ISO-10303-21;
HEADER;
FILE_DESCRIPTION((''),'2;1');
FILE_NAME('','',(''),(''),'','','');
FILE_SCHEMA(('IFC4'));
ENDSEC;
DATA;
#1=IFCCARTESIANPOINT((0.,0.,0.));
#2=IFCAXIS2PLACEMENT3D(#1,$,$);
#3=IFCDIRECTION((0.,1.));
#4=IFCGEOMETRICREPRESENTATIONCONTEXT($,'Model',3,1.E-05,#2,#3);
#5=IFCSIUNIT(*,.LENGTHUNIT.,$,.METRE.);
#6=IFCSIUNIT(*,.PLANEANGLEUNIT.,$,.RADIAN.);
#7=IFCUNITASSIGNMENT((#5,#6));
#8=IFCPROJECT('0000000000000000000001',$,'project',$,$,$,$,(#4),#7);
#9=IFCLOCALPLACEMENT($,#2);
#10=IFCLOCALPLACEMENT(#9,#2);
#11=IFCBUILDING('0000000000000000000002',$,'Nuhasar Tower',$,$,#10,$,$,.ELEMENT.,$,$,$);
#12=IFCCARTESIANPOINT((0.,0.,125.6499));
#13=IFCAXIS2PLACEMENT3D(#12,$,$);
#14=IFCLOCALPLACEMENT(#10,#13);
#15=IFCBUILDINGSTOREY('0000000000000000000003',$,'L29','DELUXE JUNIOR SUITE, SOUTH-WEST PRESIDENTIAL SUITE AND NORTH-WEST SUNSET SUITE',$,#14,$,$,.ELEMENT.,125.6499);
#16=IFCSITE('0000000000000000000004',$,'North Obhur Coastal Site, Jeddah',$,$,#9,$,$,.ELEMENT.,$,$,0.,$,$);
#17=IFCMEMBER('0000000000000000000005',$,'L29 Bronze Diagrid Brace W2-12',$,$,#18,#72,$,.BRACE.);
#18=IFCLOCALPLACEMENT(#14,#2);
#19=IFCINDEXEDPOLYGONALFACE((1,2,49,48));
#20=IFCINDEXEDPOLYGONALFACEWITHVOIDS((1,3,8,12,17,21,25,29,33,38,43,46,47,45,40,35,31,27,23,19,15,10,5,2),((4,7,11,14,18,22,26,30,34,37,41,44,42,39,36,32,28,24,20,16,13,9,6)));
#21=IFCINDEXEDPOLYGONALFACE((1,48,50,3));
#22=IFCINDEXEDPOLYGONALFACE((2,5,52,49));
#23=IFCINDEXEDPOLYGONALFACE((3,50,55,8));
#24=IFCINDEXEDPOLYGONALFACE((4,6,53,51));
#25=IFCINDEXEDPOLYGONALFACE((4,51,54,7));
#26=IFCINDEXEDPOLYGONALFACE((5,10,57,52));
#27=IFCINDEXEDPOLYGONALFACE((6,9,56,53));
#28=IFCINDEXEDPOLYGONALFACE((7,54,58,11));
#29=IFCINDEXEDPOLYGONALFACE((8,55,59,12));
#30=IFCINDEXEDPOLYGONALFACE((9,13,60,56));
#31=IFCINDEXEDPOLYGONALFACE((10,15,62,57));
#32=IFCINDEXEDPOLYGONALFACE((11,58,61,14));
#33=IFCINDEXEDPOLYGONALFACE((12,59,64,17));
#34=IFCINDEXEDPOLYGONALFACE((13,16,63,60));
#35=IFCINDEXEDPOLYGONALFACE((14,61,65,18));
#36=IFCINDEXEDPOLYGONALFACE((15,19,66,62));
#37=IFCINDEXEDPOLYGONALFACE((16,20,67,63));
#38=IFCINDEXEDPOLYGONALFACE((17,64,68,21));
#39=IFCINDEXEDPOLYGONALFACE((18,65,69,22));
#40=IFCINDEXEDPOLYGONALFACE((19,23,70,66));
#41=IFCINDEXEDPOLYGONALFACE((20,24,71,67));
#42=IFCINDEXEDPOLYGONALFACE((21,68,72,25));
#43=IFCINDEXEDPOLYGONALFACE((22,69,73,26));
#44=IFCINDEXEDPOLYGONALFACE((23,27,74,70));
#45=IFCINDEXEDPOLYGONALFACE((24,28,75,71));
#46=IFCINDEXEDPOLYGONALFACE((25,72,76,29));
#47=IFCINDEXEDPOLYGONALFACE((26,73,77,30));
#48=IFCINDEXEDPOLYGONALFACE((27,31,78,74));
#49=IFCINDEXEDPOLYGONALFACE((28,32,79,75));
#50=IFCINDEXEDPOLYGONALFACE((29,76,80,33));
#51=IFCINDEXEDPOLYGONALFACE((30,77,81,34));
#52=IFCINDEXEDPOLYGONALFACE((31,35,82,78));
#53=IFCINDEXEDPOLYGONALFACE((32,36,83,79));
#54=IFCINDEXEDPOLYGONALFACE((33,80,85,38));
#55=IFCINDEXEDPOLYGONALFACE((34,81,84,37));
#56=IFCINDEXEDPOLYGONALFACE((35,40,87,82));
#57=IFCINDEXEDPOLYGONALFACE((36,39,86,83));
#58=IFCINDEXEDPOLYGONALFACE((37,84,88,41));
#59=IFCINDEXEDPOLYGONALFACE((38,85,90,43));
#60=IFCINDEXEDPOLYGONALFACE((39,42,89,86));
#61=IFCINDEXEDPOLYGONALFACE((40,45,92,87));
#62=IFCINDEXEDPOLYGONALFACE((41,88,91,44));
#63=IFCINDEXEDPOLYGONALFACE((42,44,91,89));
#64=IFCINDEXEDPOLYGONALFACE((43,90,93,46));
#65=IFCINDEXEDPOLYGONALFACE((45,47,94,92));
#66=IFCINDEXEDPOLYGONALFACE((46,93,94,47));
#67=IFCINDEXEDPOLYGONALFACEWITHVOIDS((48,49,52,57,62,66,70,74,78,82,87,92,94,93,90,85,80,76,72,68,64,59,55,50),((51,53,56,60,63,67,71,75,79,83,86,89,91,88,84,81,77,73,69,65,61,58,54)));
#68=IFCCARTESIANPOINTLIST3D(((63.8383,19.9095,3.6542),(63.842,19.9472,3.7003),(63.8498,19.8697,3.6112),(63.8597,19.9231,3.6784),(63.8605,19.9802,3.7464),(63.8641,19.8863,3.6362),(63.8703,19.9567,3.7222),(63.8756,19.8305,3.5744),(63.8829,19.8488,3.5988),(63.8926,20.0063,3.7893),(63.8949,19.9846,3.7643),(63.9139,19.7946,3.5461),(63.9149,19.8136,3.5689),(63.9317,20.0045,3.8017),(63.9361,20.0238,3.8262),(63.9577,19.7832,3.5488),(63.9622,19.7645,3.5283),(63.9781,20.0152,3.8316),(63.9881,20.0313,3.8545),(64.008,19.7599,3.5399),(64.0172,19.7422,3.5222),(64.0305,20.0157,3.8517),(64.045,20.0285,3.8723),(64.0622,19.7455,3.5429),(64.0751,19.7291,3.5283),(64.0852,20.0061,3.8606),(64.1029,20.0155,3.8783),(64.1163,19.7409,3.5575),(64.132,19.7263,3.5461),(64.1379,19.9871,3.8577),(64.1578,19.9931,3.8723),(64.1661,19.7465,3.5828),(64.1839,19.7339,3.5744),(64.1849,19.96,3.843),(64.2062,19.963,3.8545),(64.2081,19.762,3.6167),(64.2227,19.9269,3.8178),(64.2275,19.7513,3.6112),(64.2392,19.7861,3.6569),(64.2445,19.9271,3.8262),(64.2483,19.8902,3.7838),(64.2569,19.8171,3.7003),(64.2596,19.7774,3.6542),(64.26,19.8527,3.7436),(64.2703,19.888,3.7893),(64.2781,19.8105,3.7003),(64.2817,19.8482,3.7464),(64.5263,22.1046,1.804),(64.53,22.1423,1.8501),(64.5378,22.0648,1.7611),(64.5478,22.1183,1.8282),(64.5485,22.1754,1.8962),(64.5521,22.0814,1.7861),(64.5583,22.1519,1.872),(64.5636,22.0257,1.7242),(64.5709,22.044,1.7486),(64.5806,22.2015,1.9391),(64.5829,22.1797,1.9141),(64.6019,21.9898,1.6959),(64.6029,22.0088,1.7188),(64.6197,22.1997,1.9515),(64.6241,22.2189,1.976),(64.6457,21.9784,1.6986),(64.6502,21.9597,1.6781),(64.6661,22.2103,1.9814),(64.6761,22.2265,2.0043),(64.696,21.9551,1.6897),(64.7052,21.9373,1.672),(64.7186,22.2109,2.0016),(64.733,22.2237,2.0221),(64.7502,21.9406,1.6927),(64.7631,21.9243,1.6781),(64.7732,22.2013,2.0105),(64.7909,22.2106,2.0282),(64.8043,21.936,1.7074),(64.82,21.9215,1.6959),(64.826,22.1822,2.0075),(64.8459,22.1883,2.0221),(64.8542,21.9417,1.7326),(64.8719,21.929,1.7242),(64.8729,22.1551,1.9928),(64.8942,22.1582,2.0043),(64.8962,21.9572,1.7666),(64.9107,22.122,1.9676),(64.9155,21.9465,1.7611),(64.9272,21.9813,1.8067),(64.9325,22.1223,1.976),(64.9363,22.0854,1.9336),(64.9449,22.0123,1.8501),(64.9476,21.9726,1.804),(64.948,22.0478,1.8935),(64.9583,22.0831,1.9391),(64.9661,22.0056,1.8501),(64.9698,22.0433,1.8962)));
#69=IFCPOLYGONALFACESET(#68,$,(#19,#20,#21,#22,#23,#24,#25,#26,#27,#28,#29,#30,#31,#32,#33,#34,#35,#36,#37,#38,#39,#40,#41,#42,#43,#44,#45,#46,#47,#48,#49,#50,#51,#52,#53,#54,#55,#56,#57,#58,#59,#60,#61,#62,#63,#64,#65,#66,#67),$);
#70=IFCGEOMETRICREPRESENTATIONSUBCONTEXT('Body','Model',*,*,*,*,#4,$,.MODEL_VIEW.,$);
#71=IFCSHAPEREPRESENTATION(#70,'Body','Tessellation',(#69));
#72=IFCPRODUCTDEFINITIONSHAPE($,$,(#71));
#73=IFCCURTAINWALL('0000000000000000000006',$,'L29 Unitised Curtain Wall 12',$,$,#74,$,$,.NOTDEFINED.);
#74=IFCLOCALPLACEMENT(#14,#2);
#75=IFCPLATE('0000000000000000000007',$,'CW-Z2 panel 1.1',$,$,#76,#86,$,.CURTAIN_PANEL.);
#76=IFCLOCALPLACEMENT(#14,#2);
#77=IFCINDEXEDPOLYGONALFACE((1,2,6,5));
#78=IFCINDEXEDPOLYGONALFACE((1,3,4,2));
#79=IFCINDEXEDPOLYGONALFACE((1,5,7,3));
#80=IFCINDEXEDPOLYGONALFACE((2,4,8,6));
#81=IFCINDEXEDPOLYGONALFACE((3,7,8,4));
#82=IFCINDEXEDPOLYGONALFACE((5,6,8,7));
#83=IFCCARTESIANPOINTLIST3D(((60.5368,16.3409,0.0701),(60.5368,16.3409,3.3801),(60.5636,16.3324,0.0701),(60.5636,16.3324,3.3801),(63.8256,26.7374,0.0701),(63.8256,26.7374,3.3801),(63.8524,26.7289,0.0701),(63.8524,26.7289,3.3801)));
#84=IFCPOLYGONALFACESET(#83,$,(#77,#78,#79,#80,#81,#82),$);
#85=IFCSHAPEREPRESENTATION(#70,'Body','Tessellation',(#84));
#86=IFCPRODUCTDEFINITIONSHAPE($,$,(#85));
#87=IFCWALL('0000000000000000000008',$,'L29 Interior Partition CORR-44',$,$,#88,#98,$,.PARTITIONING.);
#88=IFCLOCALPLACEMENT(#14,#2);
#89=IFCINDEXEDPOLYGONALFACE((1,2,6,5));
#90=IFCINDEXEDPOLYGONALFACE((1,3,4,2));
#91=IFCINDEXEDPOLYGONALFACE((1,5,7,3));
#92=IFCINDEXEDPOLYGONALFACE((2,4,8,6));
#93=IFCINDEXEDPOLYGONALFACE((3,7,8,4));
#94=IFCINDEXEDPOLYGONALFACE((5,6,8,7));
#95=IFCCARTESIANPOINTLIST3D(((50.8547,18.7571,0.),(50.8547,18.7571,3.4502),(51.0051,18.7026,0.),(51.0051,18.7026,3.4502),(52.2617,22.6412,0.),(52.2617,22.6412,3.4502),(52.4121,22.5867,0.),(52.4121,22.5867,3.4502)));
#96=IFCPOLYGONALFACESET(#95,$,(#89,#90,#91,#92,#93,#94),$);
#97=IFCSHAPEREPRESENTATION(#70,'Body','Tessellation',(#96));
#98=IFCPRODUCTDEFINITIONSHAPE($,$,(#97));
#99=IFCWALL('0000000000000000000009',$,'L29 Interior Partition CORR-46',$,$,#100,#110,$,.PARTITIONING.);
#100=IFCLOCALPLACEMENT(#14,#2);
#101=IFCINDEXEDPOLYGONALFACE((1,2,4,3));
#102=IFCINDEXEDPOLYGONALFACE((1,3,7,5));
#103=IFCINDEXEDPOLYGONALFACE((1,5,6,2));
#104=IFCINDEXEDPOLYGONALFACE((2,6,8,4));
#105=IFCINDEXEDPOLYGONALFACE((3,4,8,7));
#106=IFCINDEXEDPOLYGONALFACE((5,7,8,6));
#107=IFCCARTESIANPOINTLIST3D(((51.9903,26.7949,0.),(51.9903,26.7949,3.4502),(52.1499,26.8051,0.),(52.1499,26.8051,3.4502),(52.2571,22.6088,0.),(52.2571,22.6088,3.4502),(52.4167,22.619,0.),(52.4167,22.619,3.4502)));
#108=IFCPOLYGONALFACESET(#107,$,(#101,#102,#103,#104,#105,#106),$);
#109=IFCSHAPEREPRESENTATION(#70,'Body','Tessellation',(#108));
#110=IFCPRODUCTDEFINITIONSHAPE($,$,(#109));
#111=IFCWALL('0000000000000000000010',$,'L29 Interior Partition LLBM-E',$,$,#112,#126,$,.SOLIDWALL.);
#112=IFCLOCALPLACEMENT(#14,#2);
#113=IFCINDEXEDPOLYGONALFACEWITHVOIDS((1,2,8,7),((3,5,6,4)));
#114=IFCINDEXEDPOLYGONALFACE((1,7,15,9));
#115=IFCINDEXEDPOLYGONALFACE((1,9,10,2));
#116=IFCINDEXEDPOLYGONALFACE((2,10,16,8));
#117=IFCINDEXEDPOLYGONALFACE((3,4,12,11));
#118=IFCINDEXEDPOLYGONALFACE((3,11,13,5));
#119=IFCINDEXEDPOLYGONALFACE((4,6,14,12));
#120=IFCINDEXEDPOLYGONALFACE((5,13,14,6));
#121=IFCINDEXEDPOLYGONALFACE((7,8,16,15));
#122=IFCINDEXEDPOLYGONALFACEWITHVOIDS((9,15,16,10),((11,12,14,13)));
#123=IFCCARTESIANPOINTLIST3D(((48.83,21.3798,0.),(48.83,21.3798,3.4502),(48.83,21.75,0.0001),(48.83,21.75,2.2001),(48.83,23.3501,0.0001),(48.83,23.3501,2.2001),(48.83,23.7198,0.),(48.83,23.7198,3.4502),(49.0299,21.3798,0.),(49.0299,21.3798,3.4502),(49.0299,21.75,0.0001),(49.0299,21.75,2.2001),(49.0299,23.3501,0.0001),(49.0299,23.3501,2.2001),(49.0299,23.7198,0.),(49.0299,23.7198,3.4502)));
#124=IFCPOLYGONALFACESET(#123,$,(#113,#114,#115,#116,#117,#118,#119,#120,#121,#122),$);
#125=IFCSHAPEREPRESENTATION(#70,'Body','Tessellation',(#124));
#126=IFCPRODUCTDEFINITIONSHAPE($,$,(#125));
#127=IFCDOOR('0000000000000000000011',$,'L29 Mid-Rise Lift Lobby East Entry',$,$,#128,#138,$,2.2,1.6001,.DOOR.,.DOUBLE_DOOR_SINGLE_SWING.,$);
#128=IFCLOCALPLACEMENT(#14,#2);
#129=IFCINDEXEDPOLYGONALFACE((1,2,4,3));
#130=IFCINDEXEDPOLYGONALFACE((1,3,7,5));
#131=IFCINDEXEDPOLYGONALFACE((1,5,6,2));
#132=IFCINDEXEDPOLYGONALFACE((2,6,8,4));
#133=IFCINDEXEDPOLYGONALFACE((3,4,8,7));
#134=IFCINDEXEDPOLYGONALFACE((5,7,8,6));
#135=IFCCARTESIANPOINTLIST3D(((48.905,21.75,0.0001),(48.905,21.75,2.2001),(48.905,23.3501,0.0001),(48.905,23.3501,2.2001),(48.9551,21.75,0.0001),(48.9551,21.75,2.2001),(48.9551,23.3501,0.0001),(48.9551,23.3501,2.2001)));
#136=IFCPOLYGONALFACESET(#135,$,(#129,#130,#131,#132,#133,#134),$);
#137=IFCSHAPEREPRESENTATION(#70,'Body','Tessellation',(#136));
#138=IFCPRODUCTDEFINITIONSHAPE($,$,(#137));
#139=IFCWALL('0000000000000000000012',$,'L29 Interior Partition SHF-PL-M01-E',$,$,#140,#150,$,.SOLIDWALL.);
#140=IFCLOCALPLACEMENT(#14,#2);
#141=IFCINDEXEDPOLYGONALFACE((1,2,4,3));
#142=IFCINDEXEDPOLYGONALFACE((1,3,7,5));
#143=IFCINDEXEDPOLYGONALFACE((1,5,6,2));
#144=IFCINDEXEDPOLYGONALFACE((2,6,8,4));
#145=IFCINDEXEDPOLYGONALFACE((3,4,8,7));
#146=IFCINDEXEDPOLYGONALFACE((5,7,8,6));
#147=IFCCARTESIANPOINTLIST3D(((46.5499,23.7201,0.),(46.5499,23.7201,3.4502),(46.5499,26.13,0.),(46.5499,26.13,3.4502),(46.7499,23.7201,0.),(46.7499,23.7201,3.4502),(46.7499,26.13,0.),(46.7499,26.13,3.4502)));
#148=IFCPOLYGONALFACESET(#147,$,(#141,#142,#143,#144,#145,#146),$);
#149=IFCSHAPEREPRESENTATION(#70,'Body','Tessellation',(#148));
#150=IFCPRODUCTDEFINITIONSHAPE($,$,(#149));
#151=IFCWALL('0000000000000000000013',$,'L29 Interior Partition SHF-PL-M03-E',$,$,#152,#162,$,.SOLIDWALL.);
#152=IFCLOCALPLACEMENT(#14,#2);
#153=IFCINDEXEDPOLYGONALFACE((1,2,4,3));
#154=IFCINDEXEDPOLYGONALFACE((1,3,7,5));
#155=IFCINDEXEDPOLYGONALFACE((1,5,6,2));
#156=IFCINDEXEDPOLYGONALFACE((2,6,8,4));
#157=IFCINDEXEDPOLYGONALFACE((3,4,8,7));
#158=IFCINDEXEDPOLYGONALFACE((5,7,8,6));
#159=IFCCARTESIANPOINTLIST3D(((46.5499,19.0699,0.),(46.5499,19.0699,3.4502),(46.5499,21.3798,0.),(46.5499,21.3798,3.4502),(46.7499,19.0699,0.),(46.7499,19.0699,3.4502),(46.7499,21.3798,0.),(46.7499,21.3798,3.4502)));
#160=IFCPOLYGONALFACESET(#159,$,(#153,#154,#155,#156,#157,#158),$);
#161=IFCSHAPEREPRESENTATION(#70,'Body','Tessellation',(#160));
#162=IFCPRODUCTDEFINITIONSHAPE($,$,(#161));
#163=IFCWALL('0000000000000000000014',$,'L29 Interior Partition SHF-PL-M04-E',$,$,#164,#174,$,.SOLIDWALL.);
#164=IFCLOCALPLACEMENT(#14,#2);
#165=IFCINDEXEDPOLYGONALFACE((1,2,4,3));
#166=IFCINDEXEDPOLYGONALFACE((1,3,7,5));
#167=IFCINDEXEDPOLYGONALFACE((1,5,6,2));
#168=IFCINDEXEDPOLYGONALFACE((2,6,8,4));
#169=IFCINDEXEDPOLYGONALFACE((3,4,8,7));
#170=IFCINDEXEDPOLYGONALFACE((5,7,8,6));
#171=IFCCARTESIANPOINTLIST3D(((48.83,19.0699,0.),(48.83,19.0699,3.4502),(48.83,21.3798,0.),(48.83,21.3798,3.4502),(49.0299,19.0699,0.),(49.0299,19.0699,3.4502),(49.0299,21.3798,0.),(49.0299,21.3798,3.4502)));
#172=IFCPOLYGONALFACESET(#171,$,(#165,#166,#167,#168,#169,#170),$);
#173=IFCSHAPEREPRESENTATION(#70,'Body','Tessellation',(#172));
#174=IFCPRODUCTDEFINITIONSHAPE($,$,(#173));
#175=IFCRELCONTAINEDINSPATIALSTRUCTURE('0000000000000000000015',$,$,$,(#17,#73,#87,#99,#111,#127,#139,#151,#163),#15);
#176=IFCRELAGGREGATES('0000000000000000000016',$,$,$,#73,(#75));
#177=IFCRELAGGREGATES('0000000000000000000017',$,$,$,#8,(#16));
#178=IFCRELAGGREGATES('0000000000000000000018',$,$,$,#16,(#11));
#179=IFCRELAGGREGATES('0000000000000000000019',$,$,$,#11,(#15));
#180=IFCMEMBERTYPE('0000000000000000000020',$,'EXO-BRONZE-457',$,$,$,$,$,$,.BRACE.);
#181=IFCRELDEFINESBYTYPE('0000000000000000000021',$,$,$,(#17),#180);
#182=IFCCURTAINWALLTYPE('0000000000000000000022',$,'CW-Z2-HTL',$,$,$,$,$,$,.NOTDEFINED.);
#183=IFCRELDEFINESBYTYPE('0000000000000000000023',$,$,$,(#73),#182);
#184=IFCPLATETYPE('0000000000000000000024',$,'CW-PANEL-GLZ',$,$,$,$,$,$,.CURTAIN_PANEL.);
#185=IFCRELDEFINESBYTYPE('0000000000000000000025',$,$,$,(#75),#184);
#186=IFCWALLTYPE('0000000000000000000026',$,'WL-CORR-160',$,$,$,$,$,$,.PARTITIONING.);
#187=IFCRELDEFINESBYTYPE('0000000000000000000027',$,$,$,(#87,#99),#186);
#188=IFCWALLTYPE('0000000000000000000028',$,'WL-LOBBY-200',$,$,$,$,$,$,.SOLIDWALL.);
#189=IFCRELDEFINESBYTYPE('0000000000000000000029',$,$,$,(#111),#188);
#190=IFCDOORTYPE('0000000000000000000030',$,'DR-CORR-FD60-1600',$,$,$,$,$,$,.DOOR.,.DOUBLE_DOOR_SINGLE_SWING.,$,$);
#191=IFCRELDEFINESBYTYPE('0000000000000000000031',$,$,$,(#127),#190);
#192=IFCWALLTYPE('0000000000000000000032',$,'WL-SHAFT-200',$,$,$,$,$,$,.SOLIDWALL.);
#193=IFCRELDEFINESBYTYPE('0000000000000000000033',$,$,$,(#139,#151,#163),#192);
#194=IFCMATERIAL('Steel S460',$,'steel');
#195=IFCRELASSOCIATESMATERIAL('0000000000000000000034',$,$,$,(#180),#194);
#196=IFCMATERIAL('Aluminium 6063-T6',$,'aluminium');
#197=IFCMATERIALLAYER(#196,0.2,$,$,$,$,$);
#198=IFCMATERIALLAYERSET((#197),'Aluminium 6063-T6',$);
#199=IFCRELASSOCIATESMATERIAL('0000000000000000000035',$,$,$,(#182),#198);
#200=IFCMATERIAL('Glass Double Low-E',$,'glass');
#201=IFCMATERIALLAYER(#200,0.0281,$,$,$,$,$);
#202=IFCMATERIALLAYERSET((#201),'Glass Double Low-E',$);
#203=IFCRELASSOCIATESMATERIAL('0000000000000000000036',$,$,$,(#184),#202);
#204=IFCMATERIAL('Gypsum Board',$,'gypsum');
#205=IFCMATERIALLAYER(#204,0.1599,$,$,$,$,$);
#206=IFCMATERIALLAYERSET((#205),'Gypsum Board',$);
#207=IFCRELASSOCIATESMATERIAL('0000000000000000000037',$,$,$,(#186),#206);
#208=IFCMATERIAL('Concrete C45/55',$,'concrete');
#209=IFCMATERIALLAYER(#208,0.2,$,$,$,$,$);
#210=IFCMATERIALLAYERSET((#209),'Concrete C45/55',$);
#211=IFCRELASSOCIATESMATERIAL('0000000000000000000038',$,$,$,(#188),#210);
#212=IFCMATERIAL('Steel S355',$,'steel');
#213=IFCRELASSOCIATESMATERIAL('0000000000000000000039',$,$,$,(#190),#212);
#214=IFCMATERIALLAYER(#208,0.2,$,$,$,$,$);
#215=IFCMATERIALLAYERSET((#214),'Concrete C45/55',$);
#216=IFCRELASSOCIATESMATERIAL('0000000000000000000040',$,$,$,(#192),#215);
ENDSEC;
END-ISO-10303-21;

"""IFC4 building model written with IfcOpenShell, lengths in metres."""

from ifc_helpers import new_model, si_unit, direction, frame, frame_2d, origin, origin_2d, place, context, subcontext, project, spatial, rectangle, hollow_circle, extrude, material, layer, layer_set, material_profile, profile_set, type_object, element, fill, aggregate, save


model = new_model("IFC4")

# Units and contexts
model_context = context("Model", 3, precision=1e-05, world=origin(), true_north=direction((0.0, 1.0)))
body_context = subcontext(model_context, "Body", "Model", "MODEL_VIEW")
ifc_project = project(units=[si_unit("LENGTHUNIT", "METRE"), si_unit("PLANEANGLEUNIT", "RADIAN")], contexts=[model_context])

# Site, building, storey
site_placement = place(None, origin())
site = spatial("IfcSite", under=ifc_project, at=site_placement, Name="North Obhur Coastal Site, Jeddah", CompositionType="ELEMENT", RefElevation=0.0)
building_placement = place(site_placement, origin())
building = spatial("IfcBuilding", under=site, at=building_placement, Name="Nuhasar Tower", CompositionType="ELEMENT")
storey_placement = place(building_placement, frame((0.0, 0.0, 125.6499)))
storey = spatial("IfcBuildingStorey", under=building, at=storey_placement, Name="L29", Description="DELUXE JUNIOR SUITE, SOUTH-WEST PRESIDENTIAL SUITE AND NORTH-WEST SUNSET SUITE", CompositionType="ELEMENT", Elevation=125.6499)

# Shared definitions
ifc_material_1 = material(Name="Steel S355", Category="steel")

# Member
ifc_material_2 = material(Name="Steel S460", Category="steel")
ifc_material_profile_1 = material_profile(ifc_material_2, hollow_circle(Radius=0.2285, WallThickness=0.0222, at=origin_2d()), Name="HSS457X22.2")
ifc_profile_set_1 = profile_set([ifc_material_profile_1], Name="Steel S460")
member_type = type_object("IfcMemberType", Name="EXO-BRONZE-457", PredefinedType="BRACE", material=ifc_profile_set_1)
for number, where, z_axis, x_axis, name in (
    (1, (64.748, 22.074, 1.8501), (-0.233056, -0.743578, 0.626719), (0.954228, -0.299079, 0.0), "L29 Bronze Diagrid Brace W2-12"),
):
    element("IfcMember", number, at=place(storey_placement, frame(where, z_axis=z_axis, x_axis=x_axis)), inside=storey, type_object=member_type, Name=name, PredefinedType="BRACE", context=body_context, shape_type="SweptSolid", body=[
        extrude(hollow_circle(Radius=0.2285, WallThickness=0.0222, at=origin_2d()), origin(), (0.0, 0.0, 1.0), 2.9521),
    ])

# Curtain wall, plate
ifc_material_3 = material(Name="Aluminium 6063-T6", Category="aluminium")
ifc_layer_1 = layer(ifc_material_3, 0.2)
ifc_layer_set_1 = layer_set([ifc_layer_1], Name="Aluminium 6063-T6")
curtain_wall_type = type_object("IfcCurtainWallType", Name="CW-Z2-HTL", PredefinedType="NOTDEFINED", material=ifc_layer_set_1)
curtain_wall_placement = place(storey_placement, origin())
curtain_wall = element("IfcCurtainWall", 2, at=curtain_wall_placement, inside=storey, type_object=curtain_wall_type, Name="L29 Unitised Curtain Wall 12", PredefinedType="NOTDEFINED")
ifc_material_4 = material(Name="Glass Double Low-E", Category="glass")
ifc_layer_2 = layer(ifc_material_4, 0.0281)
ifc_layer_set_2 = layer_set([ifc_layer_2], Name="Glass Double Low-E")
plate_type = type_object("IfcPlateType", Name="CW-PANEL-GLZ", PredefinedType="CURTAIN_PANEL", material=ifc_layer_set_2)
plate_placement = place(storey_placement, frame((62.1946, 21.5349, 0.0701), z_axis=(0.0, 0.0, 1.0), x_axis=(0.301604, 0.953433, 0.0)))
plate = element("IfcPlate", 3, at=plate_placement, type_object=plate_type, Name="CW-Z2 panel 1.1", PredefinedType="CURTAIN_PANEL", context=body_context, shape_type="SweptSolid", body=[
    extrude(rectangle(XDim=10.9043, YDim=0.0281, at=origin_2d()), origin(), (0.0, 0.0, 1.0), 3.3101),
])
aggregate(curtain_wall, [plate])

# Shared definitions
ifc_material_5 = material(Name="Gypsum Board", Category="gypsum")
ifc_layer_3 = layer(ifc_material_5, 0.1599)
ifc_layer_set_3 = layer_set([ifc_layer_3], Name="Gypsum Board")
wall_type_1 = type_object("IfcWallType", Name="WL-CORR-160", PredefinedType="PARTITIONING", material=ifc_layer_set_3)

# Walls
wall_1_placement = place(storey_placement, frame((50.9299, 18.73, 0.0), z_axis=(0.0, 0.0, 1.0), x_axis=(0.34059, 0.940212, 0.0)))
element("IfcWall", 4, at=wall_1_placement, inside=storey, type_object=wall_type_1, Name="L29 Interior Partition CORR-44", PredefinedType="PARTITIONING", context=body_context, shape_type="SweptSolid", body=[
    extrude(rectangle(XDim=4.1311, YDim=0.1599, at=frame_2d((2.0654, 0.0))), origin(), (0.0, 0.0, 1.0), 3.4502),
])
wall_2_placement = place(storey_placement, frame((52.3369, 22.614, 0.0), z_axis=(0.0, 0.0, 1.0), x_axis=(-0.063618, 0.997974, 0.0)))
element("IfcWall", 5, at=wall_2_placement, inside=storey, type_object=wall_type_1, Name="L29 Interior Partition CORR-46", PredefinedType="PARTITIONING", context=body_context, shape_type="SweptSolid", body=[
    extrude(rectangle(XDim=4.1946, YDim=0.1599, at=frame_2d((2.0972, 0.0))), origin(), (0.0, 0.0, 1.0), 3.4502),
])

# Wall, opening, door
ifc_material_6 = material(Name="Concrete C45/55", Category="concrete")
ifc_layer_4 = layer(ifc_material_6, 0.2)
ifc_layer_set_4 = layer_set([ifc_layer_4], Name="Concrete C45/55")
wall_type_2 = type_object("IfcWallType", Name="WL-LOBBY-200", PredefinedType="SOLIDWALL", material=ifc_layer_set_4)
wall_3_placement = place(storey_placement, frame((48.9299, 21.3799, 0.0), z_axis=(0.0, 0.0, 1.0), x_axis=(0.0, 1.0, 0.0)))
wall_3 = element("IfcWall", 6, at=wall_3_placement, inside=storey, type_object=wall_type_2, Name="L29 Interior Partition LLBM-E", PredefinedType="SOLIDWALL", context=body_context, shape_type="SweptSolid", body=[
    extrude(rectangle(XDim=2.3401, YDim=0.2, at=frame_2d((1.1699, 0.0))), origin(), (0.0, 0.0, 1.0), 3.4502),
])
opening_1_placement = place(wall_3_placement, frame((0.3701, 0.0, 0.0)))
opening_1 = element("IfcOpeningElement", 7, at=opening_1_placement, cuts=wall_3, PredefinedType="OPENING", context=body_context, shape_type="SweptSolid", body=[
    extrude(rectangle(XDim=1.6001, YDim=2.2, at=frame_2d((0.8, 1.1001))), frame((0.0, 0.1099, 0.0), z_axis=(0.0, -1.0, 0.0), x_axis=(1.0, 0.0, 0.0)), (0.0, 0.0, 1.0), 0.22),
])
door_type_1 = type_object("IfcDoorType", Name="DR-CORR-FD60-1600", OperationType="DOUBLE_DOOR_SINGLE_SWING", PredefinedType="DOOR", material=ifc_material_1)
door_1_placement = place(opening_1_placement, origin())
door_1 = element("IfcDoor", 8, at=door_1_placement, inside=storey, type_object=door_type_1, Name="L29 Mid-Rise Lift Lobby East Entry", OperationType="DOUBLE_DOOR_SINGLE_SWING", OverallHeight=2.2, OverallWidth=1.6001, PredefinedType="DOOR", context=body_context, shape_type="SweptSolid", body=[
    extrude(rectangle(XDim=1.6001, YDim=2.2, at=frame_2d((0.8, 1.1001))), frame((0.0, 0.0249, 0.0), z_axis=(0.0, -1.0, 0.0), x_axis=(1.0, 0.0, 0.0)), (0.0, 0.0, 1.0), 0.05),
])
fill(opening_1, door_1)

# Wall
ifc_layer_5 = layer(ifc_material_6, 0.2)
ifc_layer_set_5 = layer_set([ifc_layer_5], Name="Concrete C45/55")
wall_type_3 = type_object("IfcWallType", Name="WL-SHAFT-200", PredefinedType="SOLIDWALL", material=ifc_layer_set_5)
wall_4_placement = place(storey_placement, frame((46.6499, 23.72, 0.0), z_axis=(0.0, 0.0, 1.0), x_axis=(0.0, 1.0, 0.0)))
element("IfcWall", 9, at=wall_4_placement, inside=storey, type_object=wall_type_3, Name="L29 Interior Partition SHF-PL-M01-E", PredefinedType="SOLIDWALL", context=body_context, shape_type="SweptSolid", body=[
    extrude(rectangle(XDim=2.4099, YDim=0.2, at=frame_2d((1.2051, 0.0))), origin(), (0.0, 0.0, 1.0), 3.4502),
])

# Wall
wall_5_placement = place(storey_placement, frame((46.6499, 19.0701, 0.0), z_axis=(0.0, 0.0, 1.0), x_axis=(0.0, 1.0, 0.0)))
element("IfcWall", 10, at=wall_5_placement, inside=storey, type_object=wall_type_3, Name="L29 Interior Partition SHF-PL-M03-E", PredefinedType="SOLIDWALL", context=body_context, shape_type="SweptSolid", body=[
    extrude(rectangle(XDim=2.3098, YDim=0.2, at=frame_2d((1.1548, 0.0))), origin(), (0.0, 0.0, 1.0), 3.4502),
])

# Wall
wall_6_placement = place(storey_placement, frame((48.9299, 19.0701, 0.0), z_axis=(0.0, 0.0, 1.0), x_axis=(0.0, 1.0, 0.0)))
element("IfcWall", 11, at=wall_6_placement, inside=storey, type_object=wall_type_3, Name="L29 Interior Partition SHF-PL-M04-E", PredefinedType="SOLIDWALL", context=body_context, shape_type="SweptSolid", body=[
    extrude(rectangle(XDim=2.3098, YDim=0.2, at=frame_2d((1.1548, 0.0))), origin(), (0.0, 0.0, 1.0), 3.4502),
])

save(model, "model.ifc")
